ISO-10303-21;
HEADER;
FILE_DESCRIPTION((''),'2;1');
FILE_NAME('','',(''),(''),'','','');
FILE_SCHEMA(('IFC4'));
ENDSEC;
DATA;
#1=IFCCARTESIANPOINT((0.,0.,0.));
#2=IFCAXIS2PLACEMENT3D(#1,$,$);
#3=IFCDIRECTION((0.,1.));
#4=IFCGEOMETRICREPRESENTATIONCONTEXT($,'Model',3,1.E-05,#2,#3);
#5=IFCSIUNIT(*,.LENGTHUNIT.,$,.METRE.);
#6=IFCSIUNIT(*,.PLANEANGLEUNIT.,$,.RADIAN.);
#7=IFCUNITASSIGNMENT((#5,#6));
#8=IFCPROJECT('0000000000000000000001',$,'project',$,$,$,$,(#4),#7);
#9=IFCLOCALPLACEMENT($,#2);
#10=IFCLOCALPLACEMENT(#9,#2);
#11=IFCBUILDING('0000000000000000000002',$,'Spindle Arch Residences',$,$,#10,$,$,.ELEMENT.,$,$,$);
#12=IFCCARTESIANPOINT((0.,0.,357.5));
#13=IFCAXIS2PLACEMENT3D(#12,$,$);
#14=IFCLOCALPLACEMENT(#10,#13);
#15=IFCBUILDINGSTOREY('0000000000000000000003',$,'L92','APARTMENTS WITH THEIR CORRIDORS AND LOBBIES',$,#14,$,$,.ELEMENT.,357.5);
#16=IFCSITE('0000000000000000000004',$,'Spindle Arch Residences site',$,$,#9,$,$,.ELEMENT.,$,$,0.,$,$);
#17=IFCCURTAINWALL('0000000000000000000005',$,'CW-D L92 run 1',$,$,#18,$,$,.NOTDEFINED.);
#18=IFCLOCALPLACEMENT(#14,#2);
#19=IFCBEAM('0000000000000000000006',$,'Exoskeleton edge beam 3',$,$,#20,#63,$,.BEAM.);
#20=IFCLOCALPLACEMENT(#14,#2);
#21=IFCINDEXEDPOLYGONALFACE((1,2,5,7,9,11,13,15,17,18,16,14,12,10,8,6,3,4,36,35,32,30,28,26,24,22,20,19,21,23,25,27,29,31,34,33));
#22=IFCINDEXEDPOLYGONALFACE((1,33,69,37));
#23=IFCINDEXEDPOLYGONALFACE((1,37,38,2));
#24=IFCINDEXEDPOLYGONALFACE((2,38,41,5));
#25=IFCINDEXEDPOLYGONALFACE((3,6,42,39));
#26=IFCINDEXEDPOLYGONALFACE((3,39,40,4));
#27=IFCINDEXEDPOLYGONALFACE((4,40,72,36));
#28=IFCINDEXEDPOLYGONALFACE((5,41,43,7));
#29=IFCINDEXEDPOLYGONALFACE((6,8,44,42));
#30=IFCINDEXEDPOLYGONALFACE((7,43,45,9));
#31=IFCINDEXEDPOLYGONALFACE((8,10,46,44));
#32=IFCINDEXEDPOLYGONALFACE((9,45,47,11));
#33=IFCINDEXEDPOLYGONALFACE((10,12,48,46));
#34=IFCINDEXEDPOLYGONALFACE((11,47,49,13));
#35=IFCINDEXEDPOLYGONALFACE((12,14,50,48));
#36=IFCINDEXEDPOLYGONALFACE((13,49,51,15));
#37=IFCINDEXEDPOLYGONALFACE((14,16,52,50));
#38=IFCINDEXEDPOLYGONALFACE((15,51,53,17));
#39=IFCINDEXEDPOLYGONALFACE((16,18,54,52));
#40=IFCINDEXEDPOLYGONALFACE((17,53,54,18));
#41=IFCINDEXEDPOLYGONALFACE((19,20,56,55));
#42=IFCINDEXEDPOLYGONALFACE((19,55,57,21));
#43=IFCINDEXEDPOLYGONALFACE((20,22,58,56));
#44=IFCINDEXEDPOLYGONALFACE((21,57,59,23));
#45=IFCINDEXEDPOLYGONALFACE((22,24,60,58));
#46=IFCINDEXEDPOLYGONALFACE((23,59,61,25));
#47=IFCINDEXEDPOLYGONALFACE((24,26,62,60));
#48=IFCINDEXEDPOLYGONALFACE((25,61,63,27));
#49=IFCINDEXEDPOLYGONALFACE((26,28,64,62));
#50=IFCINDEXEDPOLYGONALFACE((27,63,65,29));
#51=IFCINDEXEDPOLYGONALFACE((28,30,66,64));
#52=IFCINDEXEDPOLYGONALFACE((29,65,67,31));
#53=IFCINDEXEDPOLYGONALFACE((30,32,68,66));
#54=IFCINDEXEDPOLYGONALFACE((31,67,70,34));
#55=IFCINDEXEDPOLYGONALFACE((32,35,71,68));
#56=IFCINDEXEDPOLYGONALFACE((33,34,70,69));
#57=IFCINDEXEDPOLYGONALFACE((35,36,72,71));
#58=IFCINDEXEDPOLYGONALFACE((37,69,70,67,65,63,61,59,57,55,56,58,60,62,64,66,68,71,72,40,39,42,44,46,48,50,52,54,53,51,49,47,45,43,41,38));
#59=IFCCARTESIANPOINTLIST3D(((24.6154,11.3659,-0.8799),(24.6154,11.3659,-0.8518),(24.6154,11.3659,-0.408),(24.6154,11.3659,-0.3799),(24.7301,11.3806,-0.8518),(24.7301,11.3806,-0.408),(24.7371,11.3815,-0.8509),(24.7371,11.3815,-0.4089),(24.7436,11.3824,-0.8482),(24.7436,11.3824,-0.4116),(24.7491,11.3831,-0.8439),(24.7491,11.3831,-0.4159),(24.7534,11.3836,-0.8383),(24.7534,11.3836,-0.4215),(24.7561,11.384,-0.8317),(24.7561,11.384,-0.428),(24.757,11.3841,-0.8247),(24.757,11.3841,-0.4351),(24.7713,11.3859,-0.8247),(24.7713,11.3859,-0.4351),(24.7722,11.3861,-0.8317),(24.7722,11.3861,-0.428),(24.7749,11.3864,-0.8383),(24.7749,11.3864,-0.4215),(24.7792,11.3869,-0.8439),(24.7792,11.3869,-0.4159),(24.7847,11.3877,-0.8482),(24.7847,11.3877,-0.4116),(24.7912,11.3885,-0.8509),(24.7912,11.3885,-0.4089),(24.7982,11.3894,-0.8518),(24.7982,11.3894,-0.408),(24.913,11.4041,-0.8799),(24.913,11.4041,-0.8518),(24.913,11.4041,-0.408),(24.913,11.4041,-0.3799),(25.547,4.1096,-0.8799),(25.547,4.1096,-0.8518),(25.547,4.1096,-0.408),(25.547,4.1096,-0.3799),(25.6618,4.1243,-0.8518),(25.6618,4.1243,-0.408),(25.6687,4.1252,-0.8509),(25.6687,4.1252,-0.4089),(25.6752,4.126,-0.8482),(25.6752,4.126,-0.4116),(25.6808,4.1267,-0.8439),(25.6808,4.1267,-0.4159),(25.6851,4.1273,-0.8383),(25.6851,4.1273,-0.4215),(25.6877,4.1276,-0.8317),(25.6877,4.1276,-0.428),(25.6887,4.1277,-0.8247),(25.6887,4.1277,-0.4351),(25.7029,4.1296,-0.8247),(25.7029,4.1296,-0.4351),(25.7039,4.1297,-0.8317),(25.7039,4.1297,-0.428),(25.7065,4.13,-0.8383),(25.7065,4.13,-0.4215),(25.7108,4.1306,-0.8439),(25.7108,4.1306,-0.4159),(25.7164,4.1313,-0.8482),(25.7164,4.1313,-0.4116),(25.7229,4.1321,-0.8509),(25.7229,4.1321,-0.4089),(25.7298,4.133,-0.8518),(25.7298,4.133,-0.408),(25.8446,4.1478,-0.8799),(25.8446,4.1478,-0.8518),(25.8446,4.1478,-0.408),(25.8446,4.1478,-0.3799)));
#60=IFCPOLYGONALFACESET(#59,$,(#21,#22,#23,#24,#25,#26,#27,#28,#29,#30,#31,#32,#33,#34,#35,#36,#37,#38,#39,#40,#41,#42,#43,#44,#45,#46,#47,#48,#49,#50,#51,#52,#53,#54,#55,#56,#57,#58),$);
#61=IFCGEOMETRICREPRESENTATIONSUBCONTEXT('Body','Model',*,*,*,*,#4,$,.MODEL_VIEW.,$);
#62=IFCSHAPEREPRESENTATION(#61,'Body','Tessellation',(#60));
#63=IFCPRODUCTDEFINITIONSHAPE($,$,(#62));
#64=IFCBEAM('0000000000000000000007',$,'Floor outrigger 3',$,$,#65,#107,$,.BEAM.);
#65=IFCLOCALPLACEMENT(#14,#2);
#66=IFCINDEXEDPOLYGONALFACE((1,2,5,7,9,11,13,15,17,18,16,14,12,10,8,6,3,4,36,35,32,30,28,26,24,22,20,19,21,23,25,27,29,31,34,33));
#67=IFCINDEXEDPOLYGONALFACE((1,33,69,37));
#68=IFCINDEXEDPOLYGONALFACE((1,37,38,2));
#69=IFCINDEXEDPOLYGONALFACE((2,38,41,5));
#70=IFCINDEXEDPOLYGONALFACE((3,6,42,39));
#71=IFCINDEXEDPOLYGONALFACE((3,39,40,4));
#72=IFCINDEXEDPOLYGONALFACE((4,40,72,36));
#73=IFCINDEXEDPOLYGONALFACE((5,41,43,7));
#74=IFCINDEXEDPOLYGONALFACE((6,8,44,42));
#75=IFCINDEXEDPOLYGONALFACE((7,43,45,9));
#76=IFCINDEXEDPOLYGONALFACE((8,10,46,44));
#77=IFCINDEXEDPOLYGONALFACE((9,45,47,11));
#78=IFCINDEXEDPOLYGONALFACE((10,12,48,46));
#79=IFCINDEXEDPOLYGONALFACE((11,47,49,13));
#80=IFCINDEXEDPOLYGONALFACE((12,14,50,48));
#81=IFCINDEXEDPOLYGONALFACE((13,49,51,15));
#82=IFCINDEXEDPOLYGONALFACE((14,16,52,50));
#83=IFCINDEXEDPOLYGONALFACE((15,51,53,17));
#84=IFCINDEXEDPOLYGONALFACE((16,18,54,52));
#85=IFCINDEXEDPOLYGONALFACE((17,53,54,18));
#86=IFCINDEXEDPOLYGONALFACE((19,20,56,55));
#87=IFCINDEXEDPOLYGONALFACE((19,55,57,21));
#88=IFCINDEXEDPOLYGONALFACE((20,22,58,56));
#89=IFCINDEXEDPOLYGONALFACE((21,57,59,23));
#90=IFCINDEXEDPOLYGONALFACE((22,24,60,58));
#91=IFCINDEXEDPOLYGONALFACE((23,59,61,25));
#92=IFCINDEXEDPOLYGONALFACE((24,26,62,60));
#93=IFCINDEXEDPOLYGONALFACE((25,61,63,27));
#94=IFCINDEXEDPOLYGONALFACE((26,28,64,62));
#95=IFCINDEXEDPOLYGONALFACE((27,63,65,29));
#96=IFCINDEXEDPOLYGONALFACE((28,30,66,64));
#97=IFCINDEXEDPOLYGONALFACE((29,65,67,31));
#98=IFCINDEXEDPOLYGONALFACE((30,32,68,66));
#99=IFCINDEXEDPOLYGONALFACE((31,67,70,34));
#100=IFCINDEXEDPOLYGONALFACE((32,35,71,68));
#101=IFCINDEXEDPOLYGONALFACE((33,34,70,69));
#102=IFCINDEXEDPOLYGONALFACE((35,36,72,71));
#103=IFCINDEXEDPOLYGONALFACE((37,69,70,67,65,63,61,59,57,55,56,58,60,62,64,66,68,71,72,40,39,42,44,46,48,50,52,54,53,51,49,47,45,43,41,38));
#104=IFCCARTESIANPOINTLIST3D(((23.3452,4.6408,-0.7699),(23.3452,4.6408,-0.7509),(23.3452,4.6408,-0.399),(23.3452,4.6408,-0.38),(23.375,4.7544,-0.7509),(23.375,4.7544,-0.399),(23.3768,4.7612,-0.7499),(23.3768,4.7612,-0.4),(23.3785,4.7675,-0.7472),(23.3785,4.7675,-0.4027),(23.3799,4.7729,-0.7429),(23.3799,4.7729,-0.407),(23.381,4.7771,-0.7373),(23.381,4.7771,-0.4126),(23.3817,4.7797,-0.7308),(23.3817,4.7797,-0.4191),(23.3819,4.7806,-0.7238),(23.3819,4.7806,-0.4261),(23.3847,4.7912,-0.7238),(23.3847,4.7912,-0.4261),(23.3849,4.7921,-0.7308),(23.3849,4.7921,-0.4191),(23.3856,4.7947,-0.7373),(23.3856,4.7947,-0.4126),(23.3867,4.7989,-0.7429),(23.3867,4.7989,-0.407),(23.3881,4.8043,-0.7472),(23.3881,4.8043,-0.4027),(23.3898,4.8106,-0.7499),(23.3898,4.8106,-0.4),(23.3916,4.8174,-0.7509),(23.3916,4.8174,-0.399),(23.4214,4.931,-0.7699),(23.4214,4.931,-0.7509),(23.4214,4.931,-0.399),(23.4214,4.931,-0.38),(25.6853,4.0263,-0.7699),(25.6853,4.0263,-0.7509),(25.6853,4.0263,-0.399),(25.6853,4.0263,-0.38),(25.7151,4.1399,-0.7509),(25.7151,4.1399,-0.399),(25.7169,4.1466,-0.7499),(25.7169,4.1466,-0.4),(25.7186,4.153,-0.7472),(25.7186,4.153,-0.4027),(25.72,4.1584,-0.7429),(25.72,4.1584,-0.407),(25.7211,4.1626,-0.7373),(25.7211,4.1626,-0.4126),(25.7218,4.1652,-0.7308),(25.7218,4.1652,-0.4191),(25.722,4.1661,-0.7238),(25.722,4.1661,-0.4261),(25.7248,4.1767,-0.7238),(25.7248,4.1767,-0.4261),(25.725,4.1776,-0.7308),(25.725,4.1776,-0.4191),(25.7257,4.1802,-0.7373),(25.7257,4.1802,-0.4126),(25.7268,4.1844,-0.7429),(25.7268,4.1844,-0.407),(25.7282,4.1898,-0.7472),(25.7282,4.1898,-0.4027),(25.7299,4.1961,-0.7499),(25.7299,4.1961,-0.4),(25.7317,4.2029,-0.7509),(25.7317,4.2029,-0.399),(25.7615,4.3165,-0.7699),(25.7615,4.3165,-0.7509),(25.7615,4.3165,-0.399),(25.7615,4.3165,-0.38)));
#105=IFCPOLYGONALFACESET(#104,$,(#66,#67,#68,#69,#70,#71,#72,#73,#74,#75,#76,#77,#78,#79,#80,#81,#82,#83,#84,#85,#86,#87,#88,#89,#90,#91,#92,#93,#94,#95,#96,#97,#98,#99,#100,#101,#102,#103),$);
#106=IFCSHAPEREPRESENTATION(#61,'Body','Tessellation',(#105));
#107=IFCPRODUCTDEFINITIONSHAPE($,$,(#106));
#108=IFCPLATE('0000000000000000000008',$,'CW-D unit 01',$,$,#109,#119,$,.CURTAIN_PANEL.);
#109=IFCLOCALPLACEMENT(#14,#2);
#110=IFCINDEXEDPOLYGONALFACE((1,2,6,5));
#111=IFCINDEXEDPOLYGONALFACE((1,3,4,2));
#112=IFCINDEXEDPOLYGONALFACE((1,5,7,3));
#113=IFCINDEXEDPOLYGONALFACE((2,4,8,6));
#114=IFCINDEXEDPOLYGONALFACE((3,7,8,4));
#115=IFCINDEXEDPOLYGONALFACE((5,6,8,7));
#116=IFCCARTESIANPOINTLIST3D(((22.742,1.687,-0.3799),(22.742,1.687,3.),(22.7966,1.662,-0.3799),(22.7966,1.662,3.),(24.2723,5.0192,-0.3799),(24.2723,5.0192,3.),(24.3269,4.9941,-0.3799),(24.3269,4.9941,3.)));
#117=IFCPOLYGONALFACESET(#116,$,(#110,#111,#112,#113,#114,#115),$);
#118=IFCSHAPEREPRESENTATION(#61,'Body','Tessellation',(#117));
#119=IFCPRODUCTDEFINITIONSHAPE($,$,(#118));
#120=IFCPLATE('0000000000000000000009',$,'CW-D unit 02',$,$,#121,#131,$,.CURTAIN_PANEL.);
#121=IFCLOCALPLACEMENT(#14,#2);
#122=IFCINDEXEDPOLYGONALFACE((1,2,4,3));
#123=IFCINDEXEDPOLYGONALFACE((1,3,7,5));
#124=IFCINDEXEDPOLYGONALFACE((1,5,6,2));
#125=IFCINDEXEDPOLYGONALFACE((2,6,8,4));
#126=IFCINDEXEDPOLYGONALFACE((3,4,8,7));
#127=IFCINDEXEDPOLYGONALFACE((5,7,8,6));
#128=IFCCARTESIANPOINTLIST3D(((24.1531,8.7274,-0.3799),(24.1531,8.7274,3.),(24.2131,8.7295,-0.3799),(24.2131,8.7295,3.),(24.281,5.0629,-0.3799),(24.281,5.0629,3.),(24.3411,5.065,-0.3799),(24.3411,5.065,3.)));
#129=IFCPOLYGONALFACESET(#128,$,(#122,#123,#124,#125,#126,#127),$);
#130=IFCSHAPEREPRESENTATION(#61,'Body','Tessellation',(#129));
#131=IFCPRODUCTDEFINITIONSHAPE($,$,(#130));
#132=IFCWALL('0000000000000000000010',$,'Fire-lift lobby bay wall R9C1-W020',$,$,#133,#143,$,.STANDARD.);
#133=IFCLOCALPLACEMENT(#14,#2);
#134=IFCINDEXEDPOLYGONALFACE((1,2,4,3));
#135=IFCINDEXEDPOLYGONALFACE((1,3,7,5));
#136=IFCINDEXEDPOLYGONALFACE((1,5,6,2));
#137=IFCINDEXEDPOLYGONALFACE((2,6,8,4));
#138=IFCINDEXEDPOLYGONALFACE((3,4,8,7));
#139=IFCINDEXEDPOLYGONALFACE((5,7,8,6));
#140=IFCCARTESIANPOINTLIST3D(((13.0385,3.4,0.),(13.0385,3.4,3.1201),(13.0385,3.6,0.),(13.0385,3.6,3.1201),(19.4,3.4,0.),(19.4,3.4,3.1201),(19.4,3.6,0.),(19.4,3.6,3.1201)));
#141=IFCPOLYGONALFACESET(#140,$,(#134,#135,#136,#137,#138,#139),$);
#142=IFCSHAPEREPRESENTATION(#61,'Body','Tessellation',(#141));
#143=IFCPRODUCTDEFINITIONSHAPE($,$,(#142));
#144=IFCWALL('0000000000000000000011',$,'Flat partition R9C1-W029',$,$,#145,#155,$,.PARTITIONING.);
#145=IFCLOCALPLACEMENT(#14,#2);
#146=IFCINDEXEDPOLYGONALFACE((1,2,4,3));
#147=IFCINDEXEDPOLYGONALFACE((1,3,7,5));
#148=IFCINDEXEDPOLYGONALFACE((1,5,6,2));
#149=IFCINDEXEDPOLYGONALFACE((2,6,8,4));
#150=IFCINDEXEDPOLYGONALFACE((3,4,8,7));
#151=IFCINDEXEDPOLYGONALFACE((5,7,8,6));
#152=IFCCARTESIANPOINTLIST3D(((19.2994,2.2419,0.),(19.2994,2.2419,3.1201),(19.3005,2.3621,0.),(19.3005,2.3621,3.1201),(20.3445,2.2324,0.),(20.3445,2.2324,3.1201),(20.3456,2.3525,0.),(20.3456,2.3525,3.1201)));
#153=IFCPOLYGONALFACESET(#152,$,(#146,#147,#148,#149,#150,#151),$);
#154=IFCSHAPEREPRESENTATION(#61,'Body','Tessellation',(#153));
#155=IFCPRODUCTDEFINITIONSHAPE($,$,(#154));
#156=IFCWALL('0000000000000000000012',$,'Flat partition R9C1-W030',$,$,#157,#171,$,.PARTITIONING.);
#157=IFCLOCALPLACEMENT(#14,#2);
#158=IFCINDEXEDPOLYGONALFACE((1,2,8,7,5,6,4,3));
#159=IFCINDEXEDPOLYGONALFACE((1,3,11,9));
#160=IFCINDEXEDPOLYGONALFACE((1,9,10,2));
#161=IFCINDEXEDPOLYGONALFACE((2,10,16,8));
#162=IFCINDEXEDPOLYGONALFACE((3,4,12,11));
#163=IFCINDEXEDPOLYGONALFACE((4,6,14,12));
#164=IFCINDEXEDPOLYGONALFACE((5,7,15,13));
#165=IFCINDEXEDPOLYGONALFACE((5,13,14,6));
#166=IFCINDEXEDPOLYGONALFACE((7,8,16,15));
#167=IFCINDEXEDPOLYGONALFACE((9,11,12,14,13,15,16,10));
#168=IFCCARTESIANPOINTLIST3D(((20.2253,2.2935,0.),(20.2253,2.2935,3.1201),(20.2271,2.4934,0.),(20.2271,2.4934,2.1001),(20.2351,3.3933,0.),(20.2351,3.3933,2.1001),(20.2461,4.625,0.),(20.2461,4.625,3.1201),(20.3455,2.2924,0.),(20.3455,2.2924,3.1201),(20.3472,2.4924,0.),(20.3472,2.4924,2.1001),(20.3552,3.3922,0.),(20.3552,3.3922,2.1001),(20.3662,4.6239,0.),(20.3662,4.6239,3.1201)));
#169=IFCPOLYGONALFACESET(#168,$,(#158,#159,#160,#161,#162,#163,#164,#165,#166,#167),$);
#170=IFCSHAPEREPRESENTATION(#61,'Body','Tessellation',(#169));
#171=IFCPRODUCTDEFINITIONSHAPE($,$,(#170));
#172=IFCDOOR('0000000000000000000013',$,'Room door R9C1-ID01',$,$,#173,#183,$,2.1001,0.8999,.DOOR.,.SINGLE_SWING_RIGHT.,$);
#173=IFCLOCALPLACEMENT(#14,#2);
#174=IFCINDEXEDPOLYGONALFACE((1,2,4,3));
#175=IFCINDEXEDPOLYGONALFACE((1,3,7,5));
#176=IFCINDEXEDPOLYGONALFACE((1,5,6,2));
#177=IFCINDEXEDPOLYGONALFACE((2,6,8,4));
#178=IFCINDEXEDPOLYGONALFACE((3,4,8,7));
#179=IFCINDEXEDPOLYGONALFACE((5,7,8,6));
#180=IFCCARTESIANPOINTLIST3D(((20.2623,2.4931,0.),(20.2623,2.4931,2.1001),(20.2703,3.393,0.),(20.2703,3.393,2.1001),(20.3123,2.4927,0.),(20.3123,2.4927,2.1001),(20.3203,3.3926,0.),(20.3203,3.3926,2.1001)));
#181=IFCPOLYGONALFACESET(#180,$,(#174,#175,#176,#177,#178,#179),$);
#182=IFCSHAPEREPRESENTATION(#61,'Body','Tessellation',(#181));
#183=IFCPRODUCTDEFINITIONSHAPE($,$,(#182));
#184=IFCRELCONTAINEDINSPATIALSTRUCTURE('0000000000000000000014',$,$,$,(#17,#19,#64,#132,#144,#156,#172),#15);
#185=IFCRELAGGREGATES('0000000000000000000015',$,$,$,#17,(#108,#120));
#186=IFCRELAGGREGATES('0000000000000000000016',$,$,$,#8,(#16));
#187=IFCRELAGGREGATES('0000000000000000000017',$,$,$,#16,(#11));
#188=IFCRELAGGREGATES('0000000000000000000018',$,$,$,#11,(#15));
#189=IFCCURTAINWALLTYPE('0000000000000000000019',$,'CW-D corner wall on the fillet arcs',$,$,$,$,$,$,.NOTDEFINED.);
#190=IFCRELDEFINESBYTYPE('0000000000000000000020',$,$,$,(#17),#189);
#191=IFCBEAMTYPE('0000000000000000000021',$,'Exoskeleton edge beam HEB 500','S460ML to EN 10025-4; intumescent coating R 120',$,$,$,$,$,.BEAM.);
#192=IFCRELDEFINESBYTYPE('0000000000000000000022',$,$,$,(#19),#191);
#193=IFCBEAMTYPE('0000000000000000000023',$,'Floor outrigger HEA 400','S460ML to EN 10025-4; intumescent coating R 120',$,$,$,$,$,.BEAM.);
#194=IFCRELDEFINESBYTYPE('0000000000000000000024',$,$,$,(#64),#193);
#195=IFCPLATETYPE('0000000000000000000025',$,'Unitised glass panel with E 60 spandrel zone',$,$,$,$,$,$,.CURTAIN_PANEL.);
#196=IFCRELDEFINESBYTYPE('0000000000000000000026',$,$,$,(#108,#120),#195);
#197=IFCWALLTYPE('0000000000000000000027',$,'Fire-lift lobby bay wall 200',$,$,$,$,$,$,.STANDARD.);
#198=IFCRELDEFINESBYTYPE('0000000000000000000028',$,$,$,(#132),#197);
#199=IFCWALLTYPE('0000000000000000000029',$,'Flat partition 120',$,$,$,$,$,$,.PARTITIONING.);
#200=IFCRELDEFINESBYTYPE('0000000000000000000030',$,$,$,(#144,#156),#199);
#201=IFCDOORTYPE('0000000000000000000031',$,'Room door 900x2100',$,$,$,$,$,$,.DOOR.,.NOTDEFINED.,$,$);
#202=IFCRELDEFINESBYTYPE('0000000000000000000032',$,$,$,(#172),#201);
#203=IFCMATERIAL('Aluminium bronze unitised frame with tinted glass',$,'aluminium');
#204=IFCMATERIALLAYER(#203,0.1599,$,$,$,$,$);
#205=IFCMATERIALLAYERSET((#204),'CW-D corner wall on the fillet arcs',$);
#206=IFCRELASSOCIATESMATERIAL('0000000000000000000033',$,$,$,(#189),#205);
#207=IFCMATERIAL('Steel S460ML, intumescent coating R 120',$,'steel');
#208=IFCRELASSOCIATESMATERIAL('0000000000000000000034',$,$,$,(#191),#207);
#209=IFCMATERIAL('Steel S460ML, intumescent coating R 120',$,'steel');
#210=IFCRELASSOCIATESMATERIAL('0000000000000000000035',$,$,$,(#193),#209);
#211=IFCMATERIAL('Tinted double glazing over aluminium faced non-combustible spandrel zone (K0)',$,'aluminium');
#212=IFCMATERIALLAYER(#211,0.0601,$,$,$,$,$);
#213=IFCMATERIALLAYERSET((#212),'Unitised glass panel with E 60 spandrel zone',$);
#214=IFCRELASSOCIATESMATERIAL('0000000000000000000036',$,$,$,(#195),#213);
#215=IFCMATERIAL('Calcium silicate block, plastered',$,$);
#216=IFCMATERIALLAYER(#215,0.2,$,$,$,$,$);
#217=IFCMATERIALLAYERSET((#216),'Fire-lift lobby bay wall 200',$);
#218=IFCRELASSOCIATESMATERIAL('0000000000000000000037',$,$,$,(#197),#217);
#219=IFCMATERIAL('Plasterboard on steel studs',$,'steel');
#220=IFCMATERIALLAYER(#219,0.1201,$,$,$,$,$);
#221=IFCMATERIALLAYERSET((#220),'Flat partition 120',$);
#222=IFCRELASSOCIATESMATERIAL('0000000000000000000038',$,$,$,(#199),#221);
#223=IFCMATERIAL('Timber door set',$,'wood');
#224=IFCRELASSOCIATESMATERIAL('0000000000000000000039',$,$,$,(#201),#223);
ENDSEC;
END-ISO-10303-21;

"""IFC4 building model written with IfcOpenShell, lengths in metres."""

from ifc_helpers import new_model, si_unit, direction, frame, frame_2d, origin, origin_2d, place, context, subcontext, project, spatial, rectangle, i_section, extrude, material, layer, layer_set, material_profile, profile_set, type_object, element, fill, aggregate, save


model = new_model("IFC4")

# Units and contexts
model_context = context("Model", 3, precision=1e-05, world=origin(), true_north=direction((0.0, 1.0)))
body_context = subcontext(model_context, "Body", "Model", "MODEL_VIEW")
ifc_project = project(units=[si_unit("LENGTHUNIT", "METRE"), si_unit("PLANEANGLEUNIT", "RADIAN")], contexts=[model_context])

# Site, building, storey
site_placement = place(None, origin())
site = spatial("IfcSite", under=ifc_project, at=site_placement, Name="Spindle Arch Residences site", CompositionType="ELEMENT", RefElevation=0.0)
building_placement = place(site_placement, origin())
building = spatial("IfcBuilding", under=site, at=building_placement, Name="Spindle Arch Residences", CompositionType="ELEMENT")
storey_placement = place(building_placement, frame((0.0, 0.0, 357.5)))
storey = spatial("IfcBuildingStorey", under=building, at=storey_placement, Name="L92", Description="APARTMENTS WITH THEIR CORRIDORS AND LOBBIES", CompositionType="ELEMENT", Elevation=357.5)

# Curtain wall
ifc_material_1 = material(Name="Aluminium bronze unitised frame with tinted glass", Category="aluminium")
ifc_layer_1 = layer(ifc_material_1, 0.1599)
ifc_layer_set_1 = layer_set([ifc_layer_1], Name="CW-D corner wall on the fillet arcs")
curtain_wall_type = type_object("IfcCurtainWallType", Name="CW-D corner wall on the fillet arcs", PredefinedType="NOTDEFINED", material=ifc_layer_set_1)
curtain_wall_placement = place(storey_placement, origin())
curtain_wall = element("IfcCurtainWall", 1, at=curtain_wall_placement, inside=storey, type_object=curtain_wall_type, Name="CW-D L92 run 1", PredefinedType="NOTDEFINED")

# Beams
ifc_material_2 = material(Name="Steel S460ML, intumescent coating R 120", Category="steel")
ifc_material_profile_1 = material_profile(ifc_material_2, i_section(OverallWidth=0.3, OverallDepth=0.5, WebThickness=0.0144, FlangeThickness=0.0281, FilletRadius=0.0271, at=origin_2d()), Name="HEB 500")
ifc_profile_set_1 = profile_set([ifc_material_profile_1], Name="Steel S460ML, intumescent coating R 120")
beam_type_1 = type_object("IfcBeamType", Name="Exoskeleton edge beam HEB 500", Description="S460ML to EN 10025-4; intumescent coating R 120", PredefinedType="BEAM", material=ifc_profile_set_1)
beam_1_placement = place(storey_placement, frame((25.6958, 4.1287, -0.6299), z_axis=(-0.127344, 0.991859, 0.0), x_axis=(-0.991859, -0.127344, 0.0)))
element("IfcBeam", 2, at=beam_1_placement, inside=storey, type_object=beam_type_1, Name="Exoskeleton edge beam 3", PredefinedType="BEAM", context=body_context, shape_type="SweptSolid", body=[
    extrude(i_section(OverallWidth=0.3, OverallDepth=0.5, WebThickness=0.0144, FlangeThickness=0.0281, FilletRadius=0.0271, at=origin_2d()), origin(), (0.0, 0.0, 1.0), 7.3159),
])
ifc_material_3 = material(Name="Steel S460ML, intumescent coating R 120", Category="steel")
ifc_material_profile_2 = material_profile(ifc_material_3, i_section(OverallWidth=0.3, OverallDepth=0.3899, WebThickness=0.011, FlangeThickness=0.019, FilletRadius=0.0271, at=origin_2d()), Name="HEA 400")
ifc_profile_set_2 = profile_set([ifc_material_profile_2], Name="Steel S460ML, intumescent coating R 120")
beam_type_2 = type_object("IfcBeamType", Name="Floor outrigger HEA 400", Description="S460ML to EN 10025-4; intumescent coating R 120", PredefinedType="BEAM", material=ifc_profile_set_2)
beam_2_placement = place(storey_placement, frame((25.7234, 4.1714, -0.575), z_axis=(-0.967208, 0.253987, 0.0), x_axis=(-0.253987, -0.967208, 0.0)))
element("IfcBeam", 3, at=beam_2_placement, inside=storey, type_object=beam_type_2, Name="Floor outrigger 3", PredefinedType="BEAM", context=body_context, shape_type="SweptSolid", body=[
    extrude(i_section(OverallWidth=0.3, OverallDepth=0.3899, WebThickness=0.011, FlangeThickness=0.019, FilletRadius=0.0271, at=origin_2d()), origin(), (0.0, 0.0, 1.0), 2.4194),
])

# Plates
ifc_material_4 = material(Name="Tinted double glazing over aluminium faced non-combustible spandrel zone (K0)", Category="aluminium")
ifc_layer_2 = layer(ifc_material_4, 0.0601)
ifc_layer_set_2 = layer_set([ifc_layer_2], Name="Unitised glass panel with E 60 spandrel zone")
plate_type = type_object("IfcPlateType", Name="Unitised glass panel with E 60 spandrel zone", PredefinedType="CURTAIN_PANEL", material=ifc_layer_set_2)
plate_1_placement = place(storey_placement, frame((23.5344, 3.3406, -0.3799), z_axis=(0.0, 0.0, 1.0), x_axis=(0.417338, 0.908751, 0.0)))
plate_1 = element("IfcPlate", 4, at=plate_1_placement, type_object=plate_type, Name="CW-D unit 01", PredefinedType="CURTAIN_PANEL", context=body_context, shape_type="SweptSolid", body=[
    extrude(rectangle(XDim=3.6667, YDim=0.0601, at=origin_2d()), origin(), (0.0, 0.0, 1.0), 3.3799),
])
plate_2_placement = place(storey_placement, frame((24.2471, 6.8962, -0.3799), z_axis=(0.0, 0.0, 1.0), x_axis=(-0.034899, 0.999391, 0.0)))
plate_2 = element("IfcPlate", 5, at=plate_2_placement, type_object=plate_type, Name="CW-D unit 02", PredefinedType="CURTAIN_PANEL", context=body_context, shape_type="SweptSolid", body=[
    extrude(rectangle(XDim=3.6667, YDim=0.0601, at=origin_2d()), origin(), (0.0, 0.0, 1.0), 3.3799),
])
aggregate(curtain_wall, [plate_1, plate_2])

# Walls
ifc_material_5 = material(Name="Calcium silicate block, plastered")
ifc_layer_3 = layer(ifc_material_5, 0.2)
ifc_layer_set_3 = layer_set([ifc_layer_3], Name="Fire-lift lobby bay wall 200")
wall_type_1 = type_object("IfcWallType", Name="Fire-lift lobby bay wall 200", PredefinedType="STANDARD", material=ifc_layer_set_3)
wall_1_placement = place(storey_placement, frame((19.3999, 3.5, 0.0), z_axis=(0.0, 0.0, 1.0), x_axis=(-1.0, 0.0, 0.0)))
element("IfcWall", 6, at=wall_1_placement, inside=storey, type_object=wall_type_1, Name="Fire-lift lobby bay wall R9C1-W020", PredefinedType="STANDARD", context=body_context, shape_type="SweptSolid", body=[
    extrude(rectangle(XDim=6.3616, YDim=0.2, at=frame_2d((3.1807, 0.0))), origin(), (0.0, 0.0, 1.0), 3.1201),
])
ifc_material_6 = material(Name="Plasterboard on steel studs", Category="steel")
ifc_layer_4 = layer(ifc_material_6, 0.1201)
ifc_layer_set_4 = layer_set([ifc_layer_4], Name="Flat partition 120")
wall_type_2 = type_object("IfcWallType", Name="Flat partition 120", PredefinedType="PARTITIONING", material=ifc_layer_set_4)
wall_2_placement = place(storey_placement, frame((19.3, 2.302, 0.0), z_axis=(0.0, 0.0, 1.0), x_axis=(0.999959, -0.00911, 0.0)))
element("IfcWall", 7, at=wall_2_placement, inside=storey, type_object=wall_type_2, Name="Flat partition R9C1-W029", PredefinedType="PARTITIONING", context=body_context, shape_type="SweptSolid", body=[
    extrude(rectangle(XDim=1.0452, YDim=0.1201, at=frame_2d((0.5225, 0.0))), origin(), (0.0, 0.0, 1.0), 3.1201),
])

# Wall, opening, door
wall_3_placement = place(storey_placement, frame((20.2854, 2.293, 0.0), z_axis=(0.0, 0.0, 1.0), x_axis=(0.0089, 0.99996, 0.0)))
wall_3 = element("IfcWall", 8, at=wall_3_placement, inside=storey, type_object=wall_type_2, Name="Flat partition R9C1-W030", PredefinedType="PARTITIONING", context=body_context, shape_type="SweptSolid", body=[
    extrude(rectangle(XDim=2.3315, YDim=0.1201, at=frame_2d((1.1658, 0.0))), origin(), (0.0, 0.0, 1.0), 3.1201),
])
opening_1_placement = place(wall_3_placement, frame((0.2, 0.0, 0.0)))
opening_1 = element("IfcOpeningElement", 9, at=opening_1_placement, cuts=wall_3, PredefinedType="OPENING", context=body_context, shape_type="SweptSolid", body=[
    extrude(rectangle(XDim=0.8999, YDim=2.1001, at=frame_2d((0.45, 1.05))), frame((0.0, 0.0701, 0.0), z_axis=(0.0, -1.0, 0.0), x_axis=(1.0, 0.0, 0.0)), (0.0, 0.0, 1.0), 0.1401),
])
ifc_material_7 = material(Name="Timber door set", Category="wood")
door_type = type_object("IfcDoorType", Name="Room door 900x2100", OperationType="NOTDEFINED", PredefinedType="DOOR", material=ifc_material_7)
door_1_placement = place(opening_1_placement, origin())
door_1 = element("IfcDoor", 10, at=door_1_placement, inside=storey, type_object=door_type, Name="Room door R9C1-ID01", OperationType="SINGLE_SWING_RIGHT", OverallHeight=2.1001, OverallWidth=0.8999, PredefinedType="DOOR", context=body_context, shape_type="SweptSolid", body=[
    extrude(rectangle(XDim=0.8999, YDim=2.1001, at=frame_2d((0.45, 1.05))), frame((0.0, 0.0249, 0.0), z_axis=(0.0, -1.0, 0.0), x_axis=(1.0, 0.0, 0.0)), (0.0, 0.0, 1.0), 0.05),
])
fill(opening_1, door_1)

save(model, "model.ifc")
